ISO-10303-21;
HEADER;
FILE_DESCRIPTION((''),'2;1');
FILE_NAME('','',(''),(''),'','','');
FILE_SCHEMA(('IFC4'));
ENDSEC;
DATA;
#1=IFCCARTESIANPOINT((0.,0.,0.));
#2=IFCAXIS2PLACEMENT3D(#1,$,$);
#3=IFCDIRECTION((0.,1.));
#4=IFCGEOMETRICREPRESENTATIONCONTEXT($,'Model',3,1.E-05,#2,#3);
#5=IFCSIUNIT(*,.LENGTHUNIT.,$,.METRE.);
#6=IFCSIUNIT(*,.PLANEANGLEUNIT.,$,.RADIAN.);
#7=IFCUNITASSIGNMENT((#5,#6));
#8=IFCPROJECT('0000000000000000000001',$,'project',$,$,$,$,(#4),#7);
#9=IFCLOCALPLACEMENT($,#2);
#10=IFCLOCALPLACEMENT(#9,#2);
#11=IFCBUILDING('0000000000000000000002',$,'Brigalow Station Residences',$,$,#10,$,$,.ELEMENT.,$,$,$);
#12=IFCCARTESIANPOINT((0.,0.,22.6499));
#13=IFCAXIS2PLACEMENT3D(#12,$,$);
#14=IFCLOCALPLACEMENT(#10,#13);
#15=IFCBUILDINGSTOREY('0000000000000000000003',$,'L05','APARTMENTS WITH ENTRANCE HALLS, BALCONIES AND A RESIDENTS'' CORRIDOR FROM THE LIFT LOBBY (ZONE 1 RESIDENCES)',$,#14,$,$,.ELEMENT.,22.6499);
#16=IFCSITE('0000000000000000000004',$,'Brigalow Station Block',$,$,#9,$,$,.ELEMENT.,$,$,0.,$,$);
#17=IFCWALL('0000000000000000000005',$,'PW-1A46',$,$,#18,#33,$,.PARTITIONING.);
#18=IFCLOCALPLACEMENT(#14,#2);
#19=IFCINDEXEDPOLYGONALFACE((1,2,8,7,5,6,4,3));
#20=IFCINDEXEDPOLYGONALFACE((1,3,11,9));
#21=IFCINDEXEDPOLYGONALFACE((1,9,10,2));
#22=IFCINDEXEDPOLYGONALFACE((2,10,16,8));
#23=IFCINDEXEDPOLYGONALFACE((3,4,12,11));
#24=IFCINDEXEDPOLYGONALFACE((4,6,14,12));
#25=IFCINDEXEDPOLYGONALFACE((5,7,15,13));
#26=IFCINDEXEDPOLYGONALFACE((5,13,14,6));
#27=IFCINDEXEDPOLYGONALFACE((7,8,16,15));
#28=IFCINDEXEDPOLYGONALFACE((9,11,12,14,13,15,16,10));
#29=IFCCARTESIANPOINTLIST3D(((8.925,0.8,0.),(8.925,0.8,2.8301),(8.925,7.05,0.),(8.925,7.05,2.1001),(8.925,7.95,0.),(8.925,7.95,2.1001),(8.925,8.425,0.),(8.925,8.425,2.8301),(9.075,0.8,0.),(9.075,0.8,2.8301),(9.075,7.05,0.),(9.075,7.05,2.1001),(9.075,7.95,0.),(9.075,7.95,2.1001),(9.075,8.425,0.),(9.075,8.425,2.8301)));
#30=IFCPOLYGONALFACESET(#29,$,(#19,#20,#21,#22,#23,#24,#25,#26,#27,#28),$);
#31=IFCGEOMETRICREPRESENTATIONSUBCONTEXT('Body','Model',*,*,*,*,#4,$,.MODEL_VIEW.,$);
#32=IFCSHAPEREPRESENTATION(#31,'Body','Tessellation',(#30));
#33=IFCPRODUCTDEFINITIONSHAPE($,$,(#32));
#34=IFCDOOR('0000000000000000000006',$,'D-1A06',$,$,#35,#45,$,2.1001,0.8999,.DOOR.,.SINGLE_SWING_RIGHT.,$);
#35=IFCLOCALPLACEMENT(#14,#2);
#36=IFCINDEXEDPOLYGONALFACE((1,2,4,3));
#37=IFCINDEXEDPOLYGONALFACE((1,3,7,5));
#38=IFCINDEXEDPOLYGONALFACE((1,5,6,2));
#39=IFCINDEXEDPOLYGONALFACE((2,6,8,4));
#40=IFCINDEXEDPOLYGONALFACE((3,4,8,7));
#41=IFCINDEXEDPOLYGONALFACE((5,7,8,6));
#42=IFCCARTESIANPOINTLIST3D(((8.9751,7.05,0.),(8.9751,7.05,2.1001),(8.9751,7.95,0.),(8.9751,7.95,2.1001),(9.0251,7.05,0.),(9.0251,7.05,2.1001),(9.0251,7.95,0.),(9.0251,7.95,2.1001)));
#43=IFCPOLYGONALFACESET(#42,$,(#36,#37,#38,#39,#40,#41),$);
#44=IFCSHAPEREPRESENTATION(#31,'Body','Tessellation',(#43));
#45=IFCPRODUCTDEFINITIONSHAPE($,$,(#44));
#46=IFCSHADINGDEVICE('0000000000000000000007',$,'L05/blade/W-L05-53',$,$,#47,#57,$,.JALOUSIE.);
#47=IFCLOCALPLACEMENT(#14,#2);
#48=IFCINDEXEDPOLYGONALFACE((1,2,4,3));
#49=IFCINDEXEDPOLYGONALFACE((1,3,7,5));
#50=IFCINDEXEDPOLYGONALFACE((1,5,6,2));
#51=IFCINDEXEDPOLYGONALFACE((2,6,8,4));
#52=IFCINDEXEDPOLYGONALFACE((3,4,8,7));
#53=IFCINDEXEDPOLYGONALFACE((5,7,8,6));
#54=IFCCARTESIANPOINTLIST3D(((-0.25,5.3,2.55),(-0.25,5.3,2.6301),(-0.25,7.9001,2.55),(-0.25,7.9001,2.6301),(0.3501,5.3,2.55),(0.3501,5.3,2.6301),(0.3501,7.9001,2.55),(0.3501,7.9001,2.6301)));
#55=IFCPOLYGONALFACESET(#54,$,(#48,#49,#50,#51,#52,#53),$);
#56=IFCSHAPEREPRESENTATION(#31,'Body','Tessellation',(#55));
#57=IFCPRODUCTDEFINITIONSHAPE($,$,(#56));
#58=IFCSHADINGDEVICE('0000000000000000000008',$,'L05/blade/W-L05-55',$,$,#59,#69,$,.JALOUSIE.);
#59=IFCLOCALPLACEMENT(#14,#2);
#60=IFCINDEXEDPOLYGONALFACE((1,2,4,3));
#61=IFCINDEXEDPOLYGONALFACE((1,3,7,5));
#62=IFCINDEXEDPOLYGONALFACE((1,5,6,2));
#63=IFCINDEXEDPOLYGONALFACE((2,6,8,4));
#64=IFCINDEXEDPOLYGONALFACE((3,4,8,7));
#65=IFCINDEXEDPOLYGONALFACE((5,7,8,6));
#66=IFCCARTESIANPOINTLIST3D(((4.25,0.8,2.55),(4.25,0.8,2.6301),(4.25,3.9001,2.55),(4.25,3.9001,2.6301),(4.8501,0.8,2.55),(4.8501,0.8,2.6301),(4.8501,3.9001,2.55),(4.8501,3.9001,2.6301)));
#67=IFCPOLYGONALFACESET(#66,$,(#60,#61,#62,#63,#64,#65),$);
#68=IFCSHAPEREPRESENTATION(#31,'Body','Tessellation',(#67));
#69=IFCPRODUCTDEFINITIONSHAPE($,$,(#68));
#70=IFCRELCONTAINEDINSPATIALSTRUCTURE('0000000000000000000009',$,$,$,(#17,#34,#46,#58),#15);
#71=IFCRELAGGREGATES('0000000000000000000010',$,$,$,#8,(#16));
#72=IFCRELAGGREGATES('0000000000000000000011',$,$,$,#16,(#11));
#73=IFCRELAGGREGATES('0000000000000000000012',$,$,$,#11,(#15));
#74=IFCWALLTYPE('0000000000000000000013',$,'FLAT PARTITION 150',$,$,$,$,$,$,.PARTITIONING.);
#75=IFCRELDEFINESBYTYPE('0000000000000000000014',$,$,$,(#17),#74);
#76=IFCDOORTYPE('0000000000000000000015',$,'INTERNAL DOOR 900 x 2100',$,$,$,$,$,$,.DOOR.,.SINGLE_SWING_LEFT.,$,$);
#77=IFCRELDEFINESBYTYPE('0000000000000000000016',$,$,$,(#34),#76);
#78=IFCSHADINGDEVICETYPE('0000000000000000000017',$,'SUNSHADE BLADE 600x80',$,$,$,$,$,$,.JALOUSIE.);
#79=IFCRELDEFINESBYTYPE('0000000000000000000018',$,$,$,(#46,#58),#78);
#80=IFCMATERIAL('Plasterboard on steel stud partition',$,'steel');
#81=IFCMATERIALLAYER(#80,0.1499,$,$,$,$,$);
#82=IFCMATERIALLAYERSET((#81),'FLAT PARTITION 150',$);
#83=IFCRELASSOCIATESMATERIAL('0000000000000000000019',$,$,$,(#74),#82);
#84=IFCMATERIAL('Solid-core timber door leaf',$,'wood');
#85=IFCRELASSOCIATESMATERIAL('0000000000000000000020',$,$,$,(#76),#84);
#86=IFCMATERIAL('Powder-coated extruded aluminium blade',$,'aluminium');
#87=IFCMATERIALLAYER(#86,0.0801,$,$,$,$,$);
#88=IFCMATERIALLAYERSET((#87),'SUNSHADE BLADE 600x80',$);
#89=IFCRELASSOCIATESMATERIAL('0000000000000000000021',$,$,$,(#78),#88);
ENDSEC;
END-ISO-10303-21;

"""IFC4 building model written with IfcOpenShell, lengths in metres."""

from ifc_helpers import new_model, si_unit, direction, frame, frame_2d, origin, origin_2d, place, context, subcontext, project, spatial, rectangle, extrude, material, layer, layer_set, type_object, element, fill, save


model = new_model("IFC4")

# Units and contexts
model_context = context("Model", 3, precision=1e-05, world=origin(), true_north=direction((0.0, 1.0)))
body_context = subcontext(model_context, "Body", "Model", "MODEL_VIEW")
ifc_project = project(units=[si_unit("LENGTHUNIT", "METRE"), si_unit("PLANEANGLEUNIT", "RADIAN")], contexts=[model_context])

# Site, building, storey
site_placement = place(None, origin())
site = spatial("IfcSite", under=ifc_project, at=site_placement, Name="Brigalow Station Block", CompositionType="ELEMENT", RefElevation=0.0)
building_placement = place(site_placement, origin())
building = spatial("IfcBuilding", under=site, at=building_placement, Name="Brigalow Station Residences", CompositionType="ELEMENT")
storey_placement = place(building_placement, frame((0.0, 0.0, 22.6499)))
storey = spatial("IfcBuildingStorey", under=building, at=storey_placement, Name="L05", Description="APARTMENTS WITH ENTRANCE HALLS, BALCONIES AND A RESIDENTS' CORRIDOR FROM THE LIFT LOBBY (ZONE 1 RESIDENCES)", CompositionType="ELEMENT", Elevation=22.6499)

# Shared definitions
ifc_material_1 = material(Name="Plasterboard on steel stud partition", Category="steel")
ifc_layer_1 = layer(ifc_material_1, 0.1499)
ifc_layer_set_1 = layer_set([ifc_layer_1], Name="FLAT PARTITION 150")
wall_type_1 = type_object("IfcWallType", Name="FLAT PARTITION 150", PredefinedType="PARTITIONING", material=ifc_layer_set_1)
ifc_material_2 = material(Name="Solid-core timber door leaf", Category="wood")
door_type = type_object("IfcDoorType", Name="INTERNAL DOOR 900 x 2100", OperationType="SINGLE_SWING_LEFT", PredefinedType="DOOR", material=ifc_material_2)

# Wall, opening, door
wall_1_placement = place(storey_placement, frame((9.0, 0.8, 0.0), z_axis=(0.0, 0.0, 1.0), x_axis=(0.0, 1.0, 0.0)))
wall_1 = element("IfcWall", 1, at=wall_1_placement, inside=storey, type_object=wall_type_1, Name="PW-1A46", PredefinedType="PARTITIONING", context=body_context, shape_type="SweptSolid", body=[
    extrude(rectangle(XDim=7.625, YDim=0.1499, at=frame_2d((3.8125, 0.0))), origin(), (0.0, 0.0, 1.0), 2.8301),
])
opening_1_placement = place(wall_1_placement, frame((6.25, 0.0, 0.0)))
opening_1 = element("IfcOpeningElement", 2, at=opening_1_placement, cuts=wall_1, PredefinedType="OPENING", context=body_context, shape_type="SweptSolid", body=[
    extrude(rectangle(XDim=0.8999, YDim=2.1001, at=frame_2d((0.45, 1.05))), frame((0.0, 0.085, 0.0), z_axis=(0.0, -1.0, 0.0), x_axis=(1.0, 0.0, 0.0)), (0.0, 0.0, 1.0), 0.1699),
])
door_1_placement = place(opening_1_placement, origin())
door_1 = element("IfcDoor", 3, at=door_1_placement, inside=storey, type_object=door_type, Name="D-1A06", OperationType="SINGLE_SWING_RIGHT", OverallHeight=2.1001, OverallWidth=0.8999, PredefinedType="DOOR", context=body_context, shape_type="SweptSolid", body=[
    extrude(rectangle(XDim=0.8999, YDim=2.1001, at=frame_2d((0.45, 1.05))), frame((0.0, 0.0249, 0.0), z_axis=(0.0, -1.0, 0.0), x_axis=(1.0, 0.0, 0.0)), (0.0, 0.0, 1.0), 0.05),
])
fill(opening_1, door_1)

# Shading devices
ifc_material_3 = material(Name="Powder-coated extruded aluminium blade", Category="aluminium")
ifc_layer_2 = layer(ifc_material_3, 0.0801)
ifc_layer_set_2 = layer_set([ifc_layer_2], Name="SUNSHADE BLADE 600x80")
shading_device_type = type_object("IfcShadingDeviceType", Name="SUNSHADE BLADE 600x80", PredefinedType="JALOUSIE", material=ifc_layer_set_2)
shading_device_1_placement = place(storey_placement, frame((0.05, 6.6001, 2.55), z_axis=(0.0, 0.0, 1.0), x_axis=(0.0, -1.0, 0.0)))
element("IfcShadingDevice", 4, at=shading_device_1_placement, inside=storey, type_object=shading_device_type, Name="L05/blade/W-L05-53", PredefinedType="JALOUSIE", context=body_context, shape_type="SweptSolid", body=[
    extrude(rectangle(XDim=2.6001, YDim=0.6001, at=origin_2d()), origin(), (0.0, 0.0, 1.0), 0.0801),
])
shading_device_2_placement = place(storey_placement, frame((4.55, 2.3501, 2.55), z_axis=(0.0, 0.0, 1.0), x_axis=(0.0, -1.0, 0.0)))
element("IfcShadingDevice", 5, at=shading_device_2_placement, inside=storey, type_object=shading_device_type, Name="L05/blade/W-L05-55", PredefinedType="JALOUSIE", context=body_context, shape_type="SweptSolid", body=[
    extrude(rectangle(XDim=3.1001, YDim=0.6001, at=origin_2d()), origin(), (0.0, 0.0, 1.0), 0.0801),
])

save(model, "model.ifc")
